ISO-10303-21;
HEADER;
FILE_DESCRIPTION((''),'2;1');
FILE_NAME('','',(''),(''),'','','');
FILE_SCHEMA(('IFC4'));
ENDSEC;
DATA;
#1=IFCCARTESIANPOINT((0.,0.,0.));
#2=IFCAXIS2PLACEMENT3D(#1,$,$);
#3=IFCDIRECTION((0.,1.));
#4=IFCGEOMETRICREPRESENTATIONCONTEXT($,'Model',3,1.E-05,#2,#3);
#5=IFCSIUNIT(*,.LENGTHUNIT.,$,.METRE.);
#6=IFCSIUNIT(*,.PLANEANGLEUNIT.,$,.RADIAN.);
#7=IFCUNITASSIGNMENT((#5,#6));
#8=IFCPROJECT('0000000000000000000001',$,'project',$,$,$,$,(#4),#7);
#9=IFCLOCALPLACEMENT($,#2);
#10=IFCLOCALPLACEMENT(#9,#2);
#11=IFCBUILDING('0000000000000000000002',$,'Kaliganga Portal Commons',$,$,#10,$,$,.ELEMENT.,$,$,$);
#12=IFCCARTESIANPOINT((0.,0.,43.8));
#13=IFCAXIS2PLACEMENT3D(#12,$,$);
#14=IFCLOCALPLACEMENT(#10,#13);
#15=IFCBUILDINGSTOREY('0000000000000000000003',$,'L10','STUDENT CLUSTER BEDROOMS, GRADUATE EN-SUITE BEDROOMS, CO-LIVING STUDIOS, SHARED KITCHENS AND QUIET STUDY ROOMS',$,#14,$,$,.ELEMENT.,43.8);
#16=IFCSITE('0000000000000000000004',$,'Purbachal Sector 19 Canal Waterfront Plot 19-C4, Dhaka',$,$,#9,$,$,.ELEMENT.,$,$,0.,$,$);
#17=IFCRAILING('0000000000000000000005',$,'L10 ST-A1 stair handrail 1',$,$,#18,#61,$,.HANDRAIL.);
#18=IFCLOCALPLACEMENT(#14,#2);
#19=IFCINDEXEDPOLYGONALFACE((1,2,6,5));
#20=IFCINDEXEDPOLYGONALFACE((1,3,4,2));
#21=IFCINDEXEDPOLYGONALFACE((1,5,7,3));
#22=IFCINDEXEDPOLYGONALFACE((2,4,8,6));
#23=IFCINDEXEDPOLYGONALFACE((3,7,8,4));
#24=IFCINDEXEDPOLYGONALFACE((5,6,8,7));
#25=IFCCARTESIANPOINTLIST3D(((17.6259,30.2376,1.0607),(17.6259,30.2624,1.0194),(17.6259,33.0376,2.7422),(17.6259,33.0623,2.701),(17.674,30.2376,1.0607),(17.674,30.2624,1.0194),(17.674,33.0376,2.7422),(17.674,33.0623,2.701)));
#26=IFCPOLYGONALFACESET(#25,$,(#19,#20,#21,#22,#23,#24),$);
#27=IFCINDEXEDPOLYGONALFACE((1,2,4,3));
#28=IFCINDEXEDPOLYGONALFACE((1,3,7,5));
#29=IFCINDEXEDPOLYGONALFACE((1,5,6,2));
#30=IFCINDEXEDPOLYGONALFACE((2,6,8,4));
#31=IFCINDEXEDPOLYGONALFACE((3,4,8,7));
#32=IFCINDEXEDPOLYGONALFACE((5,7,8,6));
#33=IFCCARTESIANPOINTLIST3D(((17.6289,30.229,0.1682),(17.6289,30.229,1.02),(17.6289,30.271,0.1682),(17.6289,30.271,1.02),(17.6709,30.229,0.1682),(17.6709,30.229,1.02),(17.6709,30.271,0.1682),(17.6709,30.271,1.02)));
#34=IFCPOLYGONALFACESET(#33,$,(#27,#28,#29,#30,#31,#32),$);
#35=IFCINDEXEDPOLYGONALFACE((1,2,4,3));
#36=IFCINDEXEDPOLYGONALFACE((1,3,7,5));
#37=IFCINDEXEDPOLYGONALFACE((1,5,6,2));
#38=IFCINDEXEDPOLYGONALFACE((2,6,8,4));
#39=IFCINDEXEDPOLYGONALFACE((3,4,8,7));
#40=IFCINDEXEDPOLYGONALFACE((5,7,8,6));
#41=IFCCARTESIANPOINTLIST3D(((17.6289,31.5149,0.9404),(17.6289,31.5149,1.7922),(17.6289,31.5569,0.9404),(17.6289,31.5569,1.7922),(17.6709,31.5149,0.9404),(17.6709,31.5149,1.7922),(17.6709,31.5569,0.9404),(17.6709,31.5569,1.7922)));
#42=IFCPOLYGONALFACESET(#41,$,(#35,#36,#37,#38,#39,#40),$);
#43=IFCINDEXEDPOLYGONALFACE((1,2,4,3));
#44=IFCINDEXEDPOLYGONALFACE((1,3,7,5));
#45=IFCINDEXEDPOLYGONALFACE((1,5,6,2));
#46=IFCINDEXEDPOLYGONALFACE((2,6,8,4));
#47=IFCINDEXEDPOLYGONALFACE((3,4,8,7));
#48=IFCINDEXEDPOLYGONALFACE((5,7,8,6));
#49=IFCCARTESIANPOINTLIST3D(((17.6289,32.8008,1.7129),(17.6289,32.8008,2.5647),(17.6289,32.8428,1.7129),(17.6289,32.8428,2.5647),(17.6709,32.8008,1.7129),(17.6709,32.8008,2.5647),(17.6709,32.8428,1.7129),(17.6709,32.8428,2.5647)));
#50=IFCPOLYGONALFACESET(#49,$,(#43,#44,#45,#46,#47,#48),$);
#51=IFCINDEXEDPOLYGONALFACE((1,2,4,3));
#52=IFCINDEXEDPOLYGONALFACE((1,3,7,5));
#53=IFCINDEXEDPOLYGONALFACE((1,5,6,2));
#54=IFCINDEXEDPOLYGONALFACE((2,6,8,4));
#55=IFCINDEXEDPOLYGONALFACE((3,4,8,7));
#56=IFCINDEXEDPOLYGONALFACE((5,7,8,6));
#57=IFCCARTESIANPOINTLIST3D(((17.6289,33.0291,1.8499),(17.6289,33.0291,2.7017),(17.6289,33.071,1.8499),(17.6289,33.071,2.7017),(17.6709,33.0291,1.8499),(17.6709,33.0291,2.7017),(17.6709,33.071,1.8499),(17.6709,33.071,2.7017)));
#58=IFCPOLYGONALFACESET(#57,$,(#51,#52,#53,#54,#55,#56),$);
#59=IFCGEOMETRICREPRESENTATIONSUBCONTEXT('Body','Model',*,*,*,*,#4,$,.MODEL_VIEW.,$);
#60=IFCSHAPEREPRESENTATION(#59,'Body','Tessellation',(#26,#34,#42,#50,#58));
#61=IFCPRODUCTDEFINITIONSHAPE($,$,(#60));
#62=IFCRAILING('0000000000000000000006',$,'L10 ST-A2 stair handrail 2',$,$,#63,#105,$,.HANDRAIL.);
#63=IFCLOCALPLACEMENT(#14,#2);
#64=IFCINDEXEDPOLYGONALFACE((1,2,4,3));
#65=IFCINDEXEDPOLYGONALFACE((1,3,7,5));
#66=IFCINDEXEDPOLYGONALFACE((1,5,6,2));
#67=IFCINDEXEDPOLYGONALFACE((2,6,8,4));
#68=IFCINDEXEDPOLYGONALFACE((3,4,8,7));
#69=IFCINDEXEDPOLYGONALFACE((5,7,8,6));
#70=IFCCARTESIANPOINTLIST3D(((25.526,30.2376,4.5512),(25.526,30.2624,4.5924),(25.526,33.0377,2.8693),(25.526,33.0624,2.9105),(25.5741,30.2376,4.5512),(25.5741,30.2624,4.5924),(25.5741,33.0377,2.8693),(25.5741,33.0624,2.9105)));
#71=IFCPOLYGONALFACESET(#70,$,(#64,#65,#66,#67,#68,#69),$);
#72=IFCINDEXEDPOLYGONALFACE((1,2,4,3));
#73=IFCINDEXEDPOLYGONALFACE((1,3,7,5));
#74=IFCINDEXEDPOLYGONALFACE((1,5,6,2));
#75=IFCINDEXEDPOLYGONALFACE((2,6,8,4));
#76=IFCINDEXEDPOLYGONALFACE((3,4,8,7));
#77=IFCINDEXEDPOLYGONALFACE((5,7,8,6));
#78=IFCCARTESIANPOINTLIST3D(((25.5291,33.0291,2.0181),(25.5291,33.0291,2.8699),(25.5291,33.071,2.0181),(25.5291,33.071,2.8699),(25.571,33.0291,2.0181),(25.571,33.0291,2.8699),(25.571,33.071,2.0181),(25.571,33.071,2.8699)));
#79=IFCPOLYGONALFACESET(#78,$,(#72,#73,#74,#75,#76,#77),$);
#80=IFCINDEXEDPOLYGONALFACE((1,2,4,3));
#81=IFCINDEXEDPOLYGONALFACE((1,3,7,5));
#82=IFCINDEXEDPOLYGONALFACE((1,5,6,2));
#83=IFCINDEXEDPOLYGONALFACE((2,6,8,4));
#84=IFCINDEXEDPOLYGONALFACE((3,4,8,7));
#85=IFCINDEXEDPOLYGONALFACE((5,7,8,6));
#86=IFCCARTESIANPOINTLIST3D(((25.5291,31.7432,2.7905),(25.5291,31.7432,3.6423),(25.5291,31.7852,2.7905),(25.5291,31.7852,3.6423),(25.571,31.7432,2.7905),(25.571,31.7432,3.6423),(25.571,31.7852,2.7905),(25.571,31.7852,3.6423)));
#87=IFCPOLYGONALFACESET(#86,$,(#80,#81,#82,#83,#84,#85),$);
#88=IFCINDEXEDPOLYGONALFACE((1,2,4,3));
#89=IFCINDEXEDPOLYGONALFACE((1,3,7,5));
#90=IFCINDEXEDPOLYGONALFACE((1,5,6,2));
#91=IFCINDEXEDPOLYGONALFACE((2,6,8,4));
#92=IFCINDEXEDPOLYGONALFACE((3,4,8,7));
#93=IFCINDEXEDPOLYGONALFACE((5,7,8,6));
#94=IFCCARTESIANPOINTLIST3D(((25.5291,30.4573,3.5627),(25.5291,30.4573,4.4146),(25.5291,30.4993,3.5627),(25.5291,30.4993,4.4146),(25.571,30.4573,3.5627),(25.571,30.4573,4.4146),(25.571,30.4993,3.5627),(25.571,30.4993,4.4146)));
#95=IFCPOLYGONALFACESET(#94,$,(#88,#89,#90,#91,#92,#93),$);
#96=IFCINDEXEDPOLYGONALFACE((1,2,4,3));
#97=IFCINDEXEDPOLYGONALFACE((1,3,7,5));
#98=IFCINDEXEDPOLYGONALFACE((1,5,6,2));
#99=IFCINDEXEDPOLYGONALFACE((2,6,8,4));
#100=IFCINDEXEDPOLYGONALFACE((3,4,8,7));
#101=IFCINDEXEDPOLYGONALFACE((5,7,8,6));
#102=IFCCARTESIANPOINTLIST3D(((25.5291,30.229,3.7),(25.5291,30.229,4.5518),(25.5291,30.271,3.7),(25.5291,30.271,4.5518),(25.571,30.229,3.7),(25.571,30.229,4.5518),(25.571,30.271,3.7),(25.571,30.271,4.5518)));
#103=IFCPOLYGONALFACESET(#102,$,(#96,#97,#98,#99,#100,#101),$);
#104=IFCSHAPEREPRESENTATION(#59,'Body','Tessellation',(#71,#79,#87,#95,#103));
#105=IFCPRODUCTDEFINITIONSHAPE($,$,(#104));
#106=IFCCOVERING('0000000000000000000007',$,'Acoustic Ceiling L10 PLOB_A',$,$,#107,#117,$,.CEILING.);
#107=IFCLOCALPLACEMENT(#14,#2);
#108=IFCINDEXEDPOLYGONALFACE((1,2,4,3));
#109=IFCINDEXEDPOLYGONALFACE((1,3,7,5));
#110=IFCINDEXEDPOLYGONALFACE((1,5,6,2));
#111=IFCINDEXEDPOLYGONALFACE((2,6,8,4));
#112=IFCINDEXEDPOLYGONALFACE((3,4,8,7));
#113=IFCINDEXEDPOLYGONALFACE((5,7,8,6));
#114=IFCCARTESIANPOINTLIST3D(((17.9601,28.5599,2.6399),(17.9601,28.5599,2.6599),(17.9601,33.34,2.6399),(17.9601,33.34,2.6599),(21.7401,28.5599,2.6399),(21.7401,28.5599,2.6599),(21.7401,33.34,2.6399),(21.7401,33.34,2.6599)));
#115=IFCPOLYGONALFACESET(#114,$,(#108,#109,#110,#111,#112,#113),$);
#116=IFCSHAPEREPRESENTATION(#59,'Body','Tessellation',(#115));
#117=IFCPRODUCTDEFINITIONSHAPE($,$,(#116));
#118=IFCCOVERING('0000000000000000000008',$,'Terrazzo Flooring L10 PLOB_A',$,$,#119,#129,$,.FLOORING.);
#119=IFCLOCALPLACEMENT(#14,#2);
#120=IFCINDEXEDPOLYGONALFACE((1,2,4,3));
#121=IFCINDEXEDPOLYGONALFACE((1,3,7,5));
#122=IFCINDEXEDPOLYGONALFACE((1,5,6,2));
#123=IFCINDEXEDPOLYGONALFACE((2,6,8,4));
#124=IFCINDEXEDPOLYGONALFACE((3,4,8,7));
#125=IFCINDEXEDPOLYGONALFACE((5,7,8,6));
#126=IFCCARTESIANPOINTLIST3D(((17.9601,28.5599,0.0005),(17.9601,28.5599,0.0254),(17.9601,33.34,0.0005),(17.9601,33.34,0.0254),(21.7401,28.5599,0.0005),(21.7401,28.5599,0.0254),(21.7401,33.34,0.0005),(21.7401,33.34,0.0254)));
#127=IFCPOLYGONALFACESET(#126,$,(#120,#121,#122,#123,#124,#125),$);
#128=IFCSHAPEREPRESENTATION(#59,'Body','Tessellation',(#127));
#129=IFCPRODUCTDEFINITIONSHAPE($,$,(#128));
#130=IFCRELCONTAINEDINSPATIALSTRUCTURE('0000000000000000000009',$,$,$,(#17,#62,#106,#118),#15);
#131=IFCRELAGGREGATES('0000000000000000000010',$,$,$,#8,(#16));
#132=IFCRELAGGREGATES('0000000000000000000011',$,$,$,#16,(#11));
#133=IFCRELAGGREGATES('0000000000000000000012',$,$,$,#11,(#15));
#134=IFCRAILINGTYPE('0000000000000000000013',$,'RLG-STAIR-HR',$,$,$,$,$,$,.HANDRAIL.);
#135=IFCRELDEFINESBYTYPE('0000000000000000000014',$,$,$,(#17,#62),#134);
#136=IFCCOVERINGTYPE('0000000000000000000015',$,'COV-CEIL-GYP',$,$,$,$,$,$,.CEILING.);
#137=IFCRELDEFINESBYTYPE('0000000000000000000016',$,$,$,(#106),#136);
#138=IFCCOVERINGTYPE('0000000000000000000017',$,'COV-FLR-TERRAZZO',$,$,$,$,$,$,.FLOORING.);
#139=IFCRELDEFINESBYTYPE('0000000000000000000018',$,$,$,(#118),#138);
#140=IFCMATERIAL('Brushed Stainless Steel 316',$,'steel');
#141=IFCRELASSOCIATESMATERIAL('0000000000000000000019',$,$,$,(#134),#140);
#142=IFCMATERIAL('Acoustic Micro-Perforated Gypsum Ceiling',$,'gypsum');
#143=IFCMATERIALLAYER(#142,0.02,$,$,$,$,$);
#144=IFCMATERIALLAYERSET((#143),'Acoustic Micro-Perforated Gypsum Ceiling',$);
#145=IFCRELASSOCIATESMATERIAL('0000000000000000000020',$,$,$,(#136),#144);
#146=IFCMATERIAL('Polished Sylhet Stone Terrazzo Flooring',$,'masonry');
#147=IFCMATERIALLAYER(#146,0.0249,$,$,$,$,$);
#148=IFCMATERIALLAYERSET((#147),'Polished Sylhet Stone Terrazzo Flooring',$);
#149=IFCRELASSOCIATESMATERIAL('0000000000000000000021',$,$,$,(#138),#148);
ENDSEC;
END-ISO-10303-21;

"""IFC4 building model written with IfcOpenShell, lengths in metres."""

from ifc_helpers import new_model, si_unit, direction, frame, origin, origin_2d, place, context, subcontext, project, spatial, rectangle, extrude, source, transform, mapped, material, layer, layer_set, type_object, element, save


model = new_model("IFC4")

# Units and contexts
model_context = context("Model", 3, precision=1e-05, world=origin(), true_north=direction((0.0, 1.0)))
body_context = subcontext(model_context, "Body", "Model", "MODEL_VIEW")
ifc_project = project(units=[si_unit("LENGTHUNIT", "METRE"), si_unit("PLANEANGLEUNIT", "RADIAN")], contexts=[model_context])

# Site, building, storey
site_placement = place(None, origin())
site = spatial("IfcSite", under=ifc_project, at=site_placement, Name="Purbachal Sector 19 Canal Waterfront Plot 19-C4, Dhaka", CompositionType="ELEMENT", RefElevation=0.0)
building_placement = place(site_placement, origin())
building = spatial("IfcBuilding", under=site, at=building_placement, Name="Kaliganga Portal Commons", CompositionType="ELEMENT")
storey_placement = place(building_placement, frame((0.0, 0.0, 43.8)))
storey = spatial("IfcBuildingStorey", under=building, at=storey_placement, Name="L10", Description="STUDENT CLUSTER BEDROOMS, GRADUATE EN-SUITE BEDROOMS, CO-LIVING STUDIOS, SHARED KITCHENS AND QUIET STUDY ROOMS", CompositionType="ELEMENT", Elevation=43.8)

# Railings
ifc_material_1 = material(Name="Brushed Stainless Steel 316", Category="steel")
railing_type_1 = type_object("IfcRailingType", Name="RLG-STAIR-HR", PredefinedType="HANDRAIL", material=ifc_material_1)
railing_1_placement = place(storey_placement, frame((17.6499, 30.25, 0.1682)))
element("IfcRailing", 1, at=railing_1_placement, inside=storey, type_object=railing_type_1, Name="L10 ST-A1 stair handrail 1", PredefinedType="HANDRAIL", context=body_context, shape_type="SweptSolid", body=[
    extrude(rectangle(XDim=0.0481, YDim=0.0481, at=origin_2d()), frame((0.0, 0.0, 0.8718), z_axis=(0.0, 0.857275, 0.514858), x_axis=(-1.0, 0.0, 0.0)), (0.0, 0.0, 1.0), 3.2661),
    extrude(rectangle(XDim=0.042, YDim=0.042, at=origin_2d()), origin(), (0.0, 0.0, 1.0), 0.8518),
    extrude(rectangle(XDim=0.042, YDim=0.042, at=origin_2d()), frame((0.0, 1.2859, 0.7722)), (0.0, 0.0, 1.0), 0.8518),
    extrude(rectangle(XDim=0.042, YDim=0.042, at=origin_2d()), frame((0.0, 2.5718, 1.5447)), (0.0, 0.0, 1.0), 0.8518),
    extrude(rectangle(XDim=0.042, YDim=0.042, at=origin_2d()), frame((0.0, 2.8, 1.6816)), (0.0, 0.0, 1.0), 0.8518),
])
railing_2_placement = place(storey_placement, frame((25.55, 33.05, 2.0181)))
element("IfcRailing", 2, at=railing_2_placement, inside=storey, type_object=railing_type_1, Name="L10 ST-A2 stair handrail 2", PredefinedType="HANDRAIL", context=body_context, shape_type="SweptSolid", body=[
    extrude(rectangle(XDim=0.0481, YDim=0.0481, at=origin_2d()), frame((0.0, 0.0, 0.8718), z_axis=(0.0, -0.857242, 0.514913), x_axis=(1.0, 0.0, 0.0)), (0.0, 0.0, 1.0), 3.2664),
    extrude(rectangle(XDim=0.042, YDim=0.042, at=origin_2d()), origin(), (0.0, 0.0, 1.0), 0.8518),
    extrude(rectangle(XDim=0.042, YDim=0.042, at=origin_2d()), frame((0.0, -1.2859, 0.7725)), (0.0, 0.0, 1.0), 0.8518),
    extrude(rectangle(XDim=0.042, YDim=0.042, at=origin_2d()), frame((0.0, -2.5718, 1.5447)), (0.0, 0.0, 1.0), 0.8518),
    extrude(rectangle(XDim=0.042, YDim=0.042, at=origin_2d()), frame((0.0, -2.8, 1.6819)), (0.0, 0.0, 1.0), 0.8518),
])

# Coverings
ifc_material_2 = material(Name="Acoustic Micro-Perforated Gypsum Ceiling", Category="gypsum")
ifc_layer_1 = layer(ifc_material_2, 0.02)
ifc_layer_set_1 = layer_set([ifc_layer_1], Name="Acoustic Micro-Perforated Gypsum Ceiling")
covering_type_1 = type_object("IfcCoveringType", Name="COV-CEIL-GYP", PredefinedType="CEILING", material=ifc_layer_set_1)
shared_shape_1 = source(origin(), body_context, "Body", "SweptSolid", [
    extrude(rectangle(XDim=3.78, YDim=4.78, at=origin_2d()), origin(), (0.0, 0.0, 1.0), 0.02),
])
covering_1_placement = place(storey_placement, frame((19.8501, 30.95, 2.6399), z_axis=(0.0, 0.0, 1.0), x_axis=(1.0, 0.0, 0.0)))
element("IfcCovering", 3, at=covering_1_placement, inside=storey, type_object=covering_type_1, Name="Acoustic Ceiling L10 PLOB_A", PredefinedType="CEILING", context=body_context, shape_type="MappedRepresentation", body=[
    mapped(shared_shape_1, transform((0.0, 0.0, 0.0), x_axis=(1.0, 0.0, 0.0), y_axis=(0.0, 1.0, 0.0), z_axis=(0.0, 0.0, 1.0), scale=1.0)),
])
ifc_material_3 = material(Name="Polished Sylhet Stone Terrazzo Flooring", Category="masonry")
ifc_layer_2 = layer(ifc_material_3, 0.0249)
ifc_layer_set_2 = layer_set([ifc_layer_2], Name="Polished Sylhet Stone Terrazzo Flooring")
covering_type_2 = type_object("IfcCoveringType", Name="COV-FLR-TERRAZZO", PredefinedType="FLOORING", material=ifc_layer_set_2)
shared_shape_2 = source(origin(), body_context, "Body", "SweptSolid", [
    extrude(rectangle(XDim=3.78, YDim=4.78, at=origin_2d()), origin(), (0.0, 0.0, 1.0), 0.0249),
])
covering_2_placement = place(storey_placement, frame((19.8501, 30.95, 0.0005), z_axis=(0.0, 0.0, 1.0), x_axis=(1.0, 0.0, 0.0)))
element("IfcCovering", 4, at=covering_2_placement, inside=storey, type_object=covering_type_2, Name="Terrazzo Flooring L10 PLOB_A", PredefinedType="FLOORING", context=body_context, shape_type="MappedRepresentation", body=[
    mapped(shared_shape_2, transform((0.0, 0.0, 0.0), x_axis=(1.0, 0.0, 0.0), y_axis=(0.0, 1.0, 0.0), z_axis=(0.0, 0.0, 1.0), scale=1.0)),
])

save(model, "model.ifc")
